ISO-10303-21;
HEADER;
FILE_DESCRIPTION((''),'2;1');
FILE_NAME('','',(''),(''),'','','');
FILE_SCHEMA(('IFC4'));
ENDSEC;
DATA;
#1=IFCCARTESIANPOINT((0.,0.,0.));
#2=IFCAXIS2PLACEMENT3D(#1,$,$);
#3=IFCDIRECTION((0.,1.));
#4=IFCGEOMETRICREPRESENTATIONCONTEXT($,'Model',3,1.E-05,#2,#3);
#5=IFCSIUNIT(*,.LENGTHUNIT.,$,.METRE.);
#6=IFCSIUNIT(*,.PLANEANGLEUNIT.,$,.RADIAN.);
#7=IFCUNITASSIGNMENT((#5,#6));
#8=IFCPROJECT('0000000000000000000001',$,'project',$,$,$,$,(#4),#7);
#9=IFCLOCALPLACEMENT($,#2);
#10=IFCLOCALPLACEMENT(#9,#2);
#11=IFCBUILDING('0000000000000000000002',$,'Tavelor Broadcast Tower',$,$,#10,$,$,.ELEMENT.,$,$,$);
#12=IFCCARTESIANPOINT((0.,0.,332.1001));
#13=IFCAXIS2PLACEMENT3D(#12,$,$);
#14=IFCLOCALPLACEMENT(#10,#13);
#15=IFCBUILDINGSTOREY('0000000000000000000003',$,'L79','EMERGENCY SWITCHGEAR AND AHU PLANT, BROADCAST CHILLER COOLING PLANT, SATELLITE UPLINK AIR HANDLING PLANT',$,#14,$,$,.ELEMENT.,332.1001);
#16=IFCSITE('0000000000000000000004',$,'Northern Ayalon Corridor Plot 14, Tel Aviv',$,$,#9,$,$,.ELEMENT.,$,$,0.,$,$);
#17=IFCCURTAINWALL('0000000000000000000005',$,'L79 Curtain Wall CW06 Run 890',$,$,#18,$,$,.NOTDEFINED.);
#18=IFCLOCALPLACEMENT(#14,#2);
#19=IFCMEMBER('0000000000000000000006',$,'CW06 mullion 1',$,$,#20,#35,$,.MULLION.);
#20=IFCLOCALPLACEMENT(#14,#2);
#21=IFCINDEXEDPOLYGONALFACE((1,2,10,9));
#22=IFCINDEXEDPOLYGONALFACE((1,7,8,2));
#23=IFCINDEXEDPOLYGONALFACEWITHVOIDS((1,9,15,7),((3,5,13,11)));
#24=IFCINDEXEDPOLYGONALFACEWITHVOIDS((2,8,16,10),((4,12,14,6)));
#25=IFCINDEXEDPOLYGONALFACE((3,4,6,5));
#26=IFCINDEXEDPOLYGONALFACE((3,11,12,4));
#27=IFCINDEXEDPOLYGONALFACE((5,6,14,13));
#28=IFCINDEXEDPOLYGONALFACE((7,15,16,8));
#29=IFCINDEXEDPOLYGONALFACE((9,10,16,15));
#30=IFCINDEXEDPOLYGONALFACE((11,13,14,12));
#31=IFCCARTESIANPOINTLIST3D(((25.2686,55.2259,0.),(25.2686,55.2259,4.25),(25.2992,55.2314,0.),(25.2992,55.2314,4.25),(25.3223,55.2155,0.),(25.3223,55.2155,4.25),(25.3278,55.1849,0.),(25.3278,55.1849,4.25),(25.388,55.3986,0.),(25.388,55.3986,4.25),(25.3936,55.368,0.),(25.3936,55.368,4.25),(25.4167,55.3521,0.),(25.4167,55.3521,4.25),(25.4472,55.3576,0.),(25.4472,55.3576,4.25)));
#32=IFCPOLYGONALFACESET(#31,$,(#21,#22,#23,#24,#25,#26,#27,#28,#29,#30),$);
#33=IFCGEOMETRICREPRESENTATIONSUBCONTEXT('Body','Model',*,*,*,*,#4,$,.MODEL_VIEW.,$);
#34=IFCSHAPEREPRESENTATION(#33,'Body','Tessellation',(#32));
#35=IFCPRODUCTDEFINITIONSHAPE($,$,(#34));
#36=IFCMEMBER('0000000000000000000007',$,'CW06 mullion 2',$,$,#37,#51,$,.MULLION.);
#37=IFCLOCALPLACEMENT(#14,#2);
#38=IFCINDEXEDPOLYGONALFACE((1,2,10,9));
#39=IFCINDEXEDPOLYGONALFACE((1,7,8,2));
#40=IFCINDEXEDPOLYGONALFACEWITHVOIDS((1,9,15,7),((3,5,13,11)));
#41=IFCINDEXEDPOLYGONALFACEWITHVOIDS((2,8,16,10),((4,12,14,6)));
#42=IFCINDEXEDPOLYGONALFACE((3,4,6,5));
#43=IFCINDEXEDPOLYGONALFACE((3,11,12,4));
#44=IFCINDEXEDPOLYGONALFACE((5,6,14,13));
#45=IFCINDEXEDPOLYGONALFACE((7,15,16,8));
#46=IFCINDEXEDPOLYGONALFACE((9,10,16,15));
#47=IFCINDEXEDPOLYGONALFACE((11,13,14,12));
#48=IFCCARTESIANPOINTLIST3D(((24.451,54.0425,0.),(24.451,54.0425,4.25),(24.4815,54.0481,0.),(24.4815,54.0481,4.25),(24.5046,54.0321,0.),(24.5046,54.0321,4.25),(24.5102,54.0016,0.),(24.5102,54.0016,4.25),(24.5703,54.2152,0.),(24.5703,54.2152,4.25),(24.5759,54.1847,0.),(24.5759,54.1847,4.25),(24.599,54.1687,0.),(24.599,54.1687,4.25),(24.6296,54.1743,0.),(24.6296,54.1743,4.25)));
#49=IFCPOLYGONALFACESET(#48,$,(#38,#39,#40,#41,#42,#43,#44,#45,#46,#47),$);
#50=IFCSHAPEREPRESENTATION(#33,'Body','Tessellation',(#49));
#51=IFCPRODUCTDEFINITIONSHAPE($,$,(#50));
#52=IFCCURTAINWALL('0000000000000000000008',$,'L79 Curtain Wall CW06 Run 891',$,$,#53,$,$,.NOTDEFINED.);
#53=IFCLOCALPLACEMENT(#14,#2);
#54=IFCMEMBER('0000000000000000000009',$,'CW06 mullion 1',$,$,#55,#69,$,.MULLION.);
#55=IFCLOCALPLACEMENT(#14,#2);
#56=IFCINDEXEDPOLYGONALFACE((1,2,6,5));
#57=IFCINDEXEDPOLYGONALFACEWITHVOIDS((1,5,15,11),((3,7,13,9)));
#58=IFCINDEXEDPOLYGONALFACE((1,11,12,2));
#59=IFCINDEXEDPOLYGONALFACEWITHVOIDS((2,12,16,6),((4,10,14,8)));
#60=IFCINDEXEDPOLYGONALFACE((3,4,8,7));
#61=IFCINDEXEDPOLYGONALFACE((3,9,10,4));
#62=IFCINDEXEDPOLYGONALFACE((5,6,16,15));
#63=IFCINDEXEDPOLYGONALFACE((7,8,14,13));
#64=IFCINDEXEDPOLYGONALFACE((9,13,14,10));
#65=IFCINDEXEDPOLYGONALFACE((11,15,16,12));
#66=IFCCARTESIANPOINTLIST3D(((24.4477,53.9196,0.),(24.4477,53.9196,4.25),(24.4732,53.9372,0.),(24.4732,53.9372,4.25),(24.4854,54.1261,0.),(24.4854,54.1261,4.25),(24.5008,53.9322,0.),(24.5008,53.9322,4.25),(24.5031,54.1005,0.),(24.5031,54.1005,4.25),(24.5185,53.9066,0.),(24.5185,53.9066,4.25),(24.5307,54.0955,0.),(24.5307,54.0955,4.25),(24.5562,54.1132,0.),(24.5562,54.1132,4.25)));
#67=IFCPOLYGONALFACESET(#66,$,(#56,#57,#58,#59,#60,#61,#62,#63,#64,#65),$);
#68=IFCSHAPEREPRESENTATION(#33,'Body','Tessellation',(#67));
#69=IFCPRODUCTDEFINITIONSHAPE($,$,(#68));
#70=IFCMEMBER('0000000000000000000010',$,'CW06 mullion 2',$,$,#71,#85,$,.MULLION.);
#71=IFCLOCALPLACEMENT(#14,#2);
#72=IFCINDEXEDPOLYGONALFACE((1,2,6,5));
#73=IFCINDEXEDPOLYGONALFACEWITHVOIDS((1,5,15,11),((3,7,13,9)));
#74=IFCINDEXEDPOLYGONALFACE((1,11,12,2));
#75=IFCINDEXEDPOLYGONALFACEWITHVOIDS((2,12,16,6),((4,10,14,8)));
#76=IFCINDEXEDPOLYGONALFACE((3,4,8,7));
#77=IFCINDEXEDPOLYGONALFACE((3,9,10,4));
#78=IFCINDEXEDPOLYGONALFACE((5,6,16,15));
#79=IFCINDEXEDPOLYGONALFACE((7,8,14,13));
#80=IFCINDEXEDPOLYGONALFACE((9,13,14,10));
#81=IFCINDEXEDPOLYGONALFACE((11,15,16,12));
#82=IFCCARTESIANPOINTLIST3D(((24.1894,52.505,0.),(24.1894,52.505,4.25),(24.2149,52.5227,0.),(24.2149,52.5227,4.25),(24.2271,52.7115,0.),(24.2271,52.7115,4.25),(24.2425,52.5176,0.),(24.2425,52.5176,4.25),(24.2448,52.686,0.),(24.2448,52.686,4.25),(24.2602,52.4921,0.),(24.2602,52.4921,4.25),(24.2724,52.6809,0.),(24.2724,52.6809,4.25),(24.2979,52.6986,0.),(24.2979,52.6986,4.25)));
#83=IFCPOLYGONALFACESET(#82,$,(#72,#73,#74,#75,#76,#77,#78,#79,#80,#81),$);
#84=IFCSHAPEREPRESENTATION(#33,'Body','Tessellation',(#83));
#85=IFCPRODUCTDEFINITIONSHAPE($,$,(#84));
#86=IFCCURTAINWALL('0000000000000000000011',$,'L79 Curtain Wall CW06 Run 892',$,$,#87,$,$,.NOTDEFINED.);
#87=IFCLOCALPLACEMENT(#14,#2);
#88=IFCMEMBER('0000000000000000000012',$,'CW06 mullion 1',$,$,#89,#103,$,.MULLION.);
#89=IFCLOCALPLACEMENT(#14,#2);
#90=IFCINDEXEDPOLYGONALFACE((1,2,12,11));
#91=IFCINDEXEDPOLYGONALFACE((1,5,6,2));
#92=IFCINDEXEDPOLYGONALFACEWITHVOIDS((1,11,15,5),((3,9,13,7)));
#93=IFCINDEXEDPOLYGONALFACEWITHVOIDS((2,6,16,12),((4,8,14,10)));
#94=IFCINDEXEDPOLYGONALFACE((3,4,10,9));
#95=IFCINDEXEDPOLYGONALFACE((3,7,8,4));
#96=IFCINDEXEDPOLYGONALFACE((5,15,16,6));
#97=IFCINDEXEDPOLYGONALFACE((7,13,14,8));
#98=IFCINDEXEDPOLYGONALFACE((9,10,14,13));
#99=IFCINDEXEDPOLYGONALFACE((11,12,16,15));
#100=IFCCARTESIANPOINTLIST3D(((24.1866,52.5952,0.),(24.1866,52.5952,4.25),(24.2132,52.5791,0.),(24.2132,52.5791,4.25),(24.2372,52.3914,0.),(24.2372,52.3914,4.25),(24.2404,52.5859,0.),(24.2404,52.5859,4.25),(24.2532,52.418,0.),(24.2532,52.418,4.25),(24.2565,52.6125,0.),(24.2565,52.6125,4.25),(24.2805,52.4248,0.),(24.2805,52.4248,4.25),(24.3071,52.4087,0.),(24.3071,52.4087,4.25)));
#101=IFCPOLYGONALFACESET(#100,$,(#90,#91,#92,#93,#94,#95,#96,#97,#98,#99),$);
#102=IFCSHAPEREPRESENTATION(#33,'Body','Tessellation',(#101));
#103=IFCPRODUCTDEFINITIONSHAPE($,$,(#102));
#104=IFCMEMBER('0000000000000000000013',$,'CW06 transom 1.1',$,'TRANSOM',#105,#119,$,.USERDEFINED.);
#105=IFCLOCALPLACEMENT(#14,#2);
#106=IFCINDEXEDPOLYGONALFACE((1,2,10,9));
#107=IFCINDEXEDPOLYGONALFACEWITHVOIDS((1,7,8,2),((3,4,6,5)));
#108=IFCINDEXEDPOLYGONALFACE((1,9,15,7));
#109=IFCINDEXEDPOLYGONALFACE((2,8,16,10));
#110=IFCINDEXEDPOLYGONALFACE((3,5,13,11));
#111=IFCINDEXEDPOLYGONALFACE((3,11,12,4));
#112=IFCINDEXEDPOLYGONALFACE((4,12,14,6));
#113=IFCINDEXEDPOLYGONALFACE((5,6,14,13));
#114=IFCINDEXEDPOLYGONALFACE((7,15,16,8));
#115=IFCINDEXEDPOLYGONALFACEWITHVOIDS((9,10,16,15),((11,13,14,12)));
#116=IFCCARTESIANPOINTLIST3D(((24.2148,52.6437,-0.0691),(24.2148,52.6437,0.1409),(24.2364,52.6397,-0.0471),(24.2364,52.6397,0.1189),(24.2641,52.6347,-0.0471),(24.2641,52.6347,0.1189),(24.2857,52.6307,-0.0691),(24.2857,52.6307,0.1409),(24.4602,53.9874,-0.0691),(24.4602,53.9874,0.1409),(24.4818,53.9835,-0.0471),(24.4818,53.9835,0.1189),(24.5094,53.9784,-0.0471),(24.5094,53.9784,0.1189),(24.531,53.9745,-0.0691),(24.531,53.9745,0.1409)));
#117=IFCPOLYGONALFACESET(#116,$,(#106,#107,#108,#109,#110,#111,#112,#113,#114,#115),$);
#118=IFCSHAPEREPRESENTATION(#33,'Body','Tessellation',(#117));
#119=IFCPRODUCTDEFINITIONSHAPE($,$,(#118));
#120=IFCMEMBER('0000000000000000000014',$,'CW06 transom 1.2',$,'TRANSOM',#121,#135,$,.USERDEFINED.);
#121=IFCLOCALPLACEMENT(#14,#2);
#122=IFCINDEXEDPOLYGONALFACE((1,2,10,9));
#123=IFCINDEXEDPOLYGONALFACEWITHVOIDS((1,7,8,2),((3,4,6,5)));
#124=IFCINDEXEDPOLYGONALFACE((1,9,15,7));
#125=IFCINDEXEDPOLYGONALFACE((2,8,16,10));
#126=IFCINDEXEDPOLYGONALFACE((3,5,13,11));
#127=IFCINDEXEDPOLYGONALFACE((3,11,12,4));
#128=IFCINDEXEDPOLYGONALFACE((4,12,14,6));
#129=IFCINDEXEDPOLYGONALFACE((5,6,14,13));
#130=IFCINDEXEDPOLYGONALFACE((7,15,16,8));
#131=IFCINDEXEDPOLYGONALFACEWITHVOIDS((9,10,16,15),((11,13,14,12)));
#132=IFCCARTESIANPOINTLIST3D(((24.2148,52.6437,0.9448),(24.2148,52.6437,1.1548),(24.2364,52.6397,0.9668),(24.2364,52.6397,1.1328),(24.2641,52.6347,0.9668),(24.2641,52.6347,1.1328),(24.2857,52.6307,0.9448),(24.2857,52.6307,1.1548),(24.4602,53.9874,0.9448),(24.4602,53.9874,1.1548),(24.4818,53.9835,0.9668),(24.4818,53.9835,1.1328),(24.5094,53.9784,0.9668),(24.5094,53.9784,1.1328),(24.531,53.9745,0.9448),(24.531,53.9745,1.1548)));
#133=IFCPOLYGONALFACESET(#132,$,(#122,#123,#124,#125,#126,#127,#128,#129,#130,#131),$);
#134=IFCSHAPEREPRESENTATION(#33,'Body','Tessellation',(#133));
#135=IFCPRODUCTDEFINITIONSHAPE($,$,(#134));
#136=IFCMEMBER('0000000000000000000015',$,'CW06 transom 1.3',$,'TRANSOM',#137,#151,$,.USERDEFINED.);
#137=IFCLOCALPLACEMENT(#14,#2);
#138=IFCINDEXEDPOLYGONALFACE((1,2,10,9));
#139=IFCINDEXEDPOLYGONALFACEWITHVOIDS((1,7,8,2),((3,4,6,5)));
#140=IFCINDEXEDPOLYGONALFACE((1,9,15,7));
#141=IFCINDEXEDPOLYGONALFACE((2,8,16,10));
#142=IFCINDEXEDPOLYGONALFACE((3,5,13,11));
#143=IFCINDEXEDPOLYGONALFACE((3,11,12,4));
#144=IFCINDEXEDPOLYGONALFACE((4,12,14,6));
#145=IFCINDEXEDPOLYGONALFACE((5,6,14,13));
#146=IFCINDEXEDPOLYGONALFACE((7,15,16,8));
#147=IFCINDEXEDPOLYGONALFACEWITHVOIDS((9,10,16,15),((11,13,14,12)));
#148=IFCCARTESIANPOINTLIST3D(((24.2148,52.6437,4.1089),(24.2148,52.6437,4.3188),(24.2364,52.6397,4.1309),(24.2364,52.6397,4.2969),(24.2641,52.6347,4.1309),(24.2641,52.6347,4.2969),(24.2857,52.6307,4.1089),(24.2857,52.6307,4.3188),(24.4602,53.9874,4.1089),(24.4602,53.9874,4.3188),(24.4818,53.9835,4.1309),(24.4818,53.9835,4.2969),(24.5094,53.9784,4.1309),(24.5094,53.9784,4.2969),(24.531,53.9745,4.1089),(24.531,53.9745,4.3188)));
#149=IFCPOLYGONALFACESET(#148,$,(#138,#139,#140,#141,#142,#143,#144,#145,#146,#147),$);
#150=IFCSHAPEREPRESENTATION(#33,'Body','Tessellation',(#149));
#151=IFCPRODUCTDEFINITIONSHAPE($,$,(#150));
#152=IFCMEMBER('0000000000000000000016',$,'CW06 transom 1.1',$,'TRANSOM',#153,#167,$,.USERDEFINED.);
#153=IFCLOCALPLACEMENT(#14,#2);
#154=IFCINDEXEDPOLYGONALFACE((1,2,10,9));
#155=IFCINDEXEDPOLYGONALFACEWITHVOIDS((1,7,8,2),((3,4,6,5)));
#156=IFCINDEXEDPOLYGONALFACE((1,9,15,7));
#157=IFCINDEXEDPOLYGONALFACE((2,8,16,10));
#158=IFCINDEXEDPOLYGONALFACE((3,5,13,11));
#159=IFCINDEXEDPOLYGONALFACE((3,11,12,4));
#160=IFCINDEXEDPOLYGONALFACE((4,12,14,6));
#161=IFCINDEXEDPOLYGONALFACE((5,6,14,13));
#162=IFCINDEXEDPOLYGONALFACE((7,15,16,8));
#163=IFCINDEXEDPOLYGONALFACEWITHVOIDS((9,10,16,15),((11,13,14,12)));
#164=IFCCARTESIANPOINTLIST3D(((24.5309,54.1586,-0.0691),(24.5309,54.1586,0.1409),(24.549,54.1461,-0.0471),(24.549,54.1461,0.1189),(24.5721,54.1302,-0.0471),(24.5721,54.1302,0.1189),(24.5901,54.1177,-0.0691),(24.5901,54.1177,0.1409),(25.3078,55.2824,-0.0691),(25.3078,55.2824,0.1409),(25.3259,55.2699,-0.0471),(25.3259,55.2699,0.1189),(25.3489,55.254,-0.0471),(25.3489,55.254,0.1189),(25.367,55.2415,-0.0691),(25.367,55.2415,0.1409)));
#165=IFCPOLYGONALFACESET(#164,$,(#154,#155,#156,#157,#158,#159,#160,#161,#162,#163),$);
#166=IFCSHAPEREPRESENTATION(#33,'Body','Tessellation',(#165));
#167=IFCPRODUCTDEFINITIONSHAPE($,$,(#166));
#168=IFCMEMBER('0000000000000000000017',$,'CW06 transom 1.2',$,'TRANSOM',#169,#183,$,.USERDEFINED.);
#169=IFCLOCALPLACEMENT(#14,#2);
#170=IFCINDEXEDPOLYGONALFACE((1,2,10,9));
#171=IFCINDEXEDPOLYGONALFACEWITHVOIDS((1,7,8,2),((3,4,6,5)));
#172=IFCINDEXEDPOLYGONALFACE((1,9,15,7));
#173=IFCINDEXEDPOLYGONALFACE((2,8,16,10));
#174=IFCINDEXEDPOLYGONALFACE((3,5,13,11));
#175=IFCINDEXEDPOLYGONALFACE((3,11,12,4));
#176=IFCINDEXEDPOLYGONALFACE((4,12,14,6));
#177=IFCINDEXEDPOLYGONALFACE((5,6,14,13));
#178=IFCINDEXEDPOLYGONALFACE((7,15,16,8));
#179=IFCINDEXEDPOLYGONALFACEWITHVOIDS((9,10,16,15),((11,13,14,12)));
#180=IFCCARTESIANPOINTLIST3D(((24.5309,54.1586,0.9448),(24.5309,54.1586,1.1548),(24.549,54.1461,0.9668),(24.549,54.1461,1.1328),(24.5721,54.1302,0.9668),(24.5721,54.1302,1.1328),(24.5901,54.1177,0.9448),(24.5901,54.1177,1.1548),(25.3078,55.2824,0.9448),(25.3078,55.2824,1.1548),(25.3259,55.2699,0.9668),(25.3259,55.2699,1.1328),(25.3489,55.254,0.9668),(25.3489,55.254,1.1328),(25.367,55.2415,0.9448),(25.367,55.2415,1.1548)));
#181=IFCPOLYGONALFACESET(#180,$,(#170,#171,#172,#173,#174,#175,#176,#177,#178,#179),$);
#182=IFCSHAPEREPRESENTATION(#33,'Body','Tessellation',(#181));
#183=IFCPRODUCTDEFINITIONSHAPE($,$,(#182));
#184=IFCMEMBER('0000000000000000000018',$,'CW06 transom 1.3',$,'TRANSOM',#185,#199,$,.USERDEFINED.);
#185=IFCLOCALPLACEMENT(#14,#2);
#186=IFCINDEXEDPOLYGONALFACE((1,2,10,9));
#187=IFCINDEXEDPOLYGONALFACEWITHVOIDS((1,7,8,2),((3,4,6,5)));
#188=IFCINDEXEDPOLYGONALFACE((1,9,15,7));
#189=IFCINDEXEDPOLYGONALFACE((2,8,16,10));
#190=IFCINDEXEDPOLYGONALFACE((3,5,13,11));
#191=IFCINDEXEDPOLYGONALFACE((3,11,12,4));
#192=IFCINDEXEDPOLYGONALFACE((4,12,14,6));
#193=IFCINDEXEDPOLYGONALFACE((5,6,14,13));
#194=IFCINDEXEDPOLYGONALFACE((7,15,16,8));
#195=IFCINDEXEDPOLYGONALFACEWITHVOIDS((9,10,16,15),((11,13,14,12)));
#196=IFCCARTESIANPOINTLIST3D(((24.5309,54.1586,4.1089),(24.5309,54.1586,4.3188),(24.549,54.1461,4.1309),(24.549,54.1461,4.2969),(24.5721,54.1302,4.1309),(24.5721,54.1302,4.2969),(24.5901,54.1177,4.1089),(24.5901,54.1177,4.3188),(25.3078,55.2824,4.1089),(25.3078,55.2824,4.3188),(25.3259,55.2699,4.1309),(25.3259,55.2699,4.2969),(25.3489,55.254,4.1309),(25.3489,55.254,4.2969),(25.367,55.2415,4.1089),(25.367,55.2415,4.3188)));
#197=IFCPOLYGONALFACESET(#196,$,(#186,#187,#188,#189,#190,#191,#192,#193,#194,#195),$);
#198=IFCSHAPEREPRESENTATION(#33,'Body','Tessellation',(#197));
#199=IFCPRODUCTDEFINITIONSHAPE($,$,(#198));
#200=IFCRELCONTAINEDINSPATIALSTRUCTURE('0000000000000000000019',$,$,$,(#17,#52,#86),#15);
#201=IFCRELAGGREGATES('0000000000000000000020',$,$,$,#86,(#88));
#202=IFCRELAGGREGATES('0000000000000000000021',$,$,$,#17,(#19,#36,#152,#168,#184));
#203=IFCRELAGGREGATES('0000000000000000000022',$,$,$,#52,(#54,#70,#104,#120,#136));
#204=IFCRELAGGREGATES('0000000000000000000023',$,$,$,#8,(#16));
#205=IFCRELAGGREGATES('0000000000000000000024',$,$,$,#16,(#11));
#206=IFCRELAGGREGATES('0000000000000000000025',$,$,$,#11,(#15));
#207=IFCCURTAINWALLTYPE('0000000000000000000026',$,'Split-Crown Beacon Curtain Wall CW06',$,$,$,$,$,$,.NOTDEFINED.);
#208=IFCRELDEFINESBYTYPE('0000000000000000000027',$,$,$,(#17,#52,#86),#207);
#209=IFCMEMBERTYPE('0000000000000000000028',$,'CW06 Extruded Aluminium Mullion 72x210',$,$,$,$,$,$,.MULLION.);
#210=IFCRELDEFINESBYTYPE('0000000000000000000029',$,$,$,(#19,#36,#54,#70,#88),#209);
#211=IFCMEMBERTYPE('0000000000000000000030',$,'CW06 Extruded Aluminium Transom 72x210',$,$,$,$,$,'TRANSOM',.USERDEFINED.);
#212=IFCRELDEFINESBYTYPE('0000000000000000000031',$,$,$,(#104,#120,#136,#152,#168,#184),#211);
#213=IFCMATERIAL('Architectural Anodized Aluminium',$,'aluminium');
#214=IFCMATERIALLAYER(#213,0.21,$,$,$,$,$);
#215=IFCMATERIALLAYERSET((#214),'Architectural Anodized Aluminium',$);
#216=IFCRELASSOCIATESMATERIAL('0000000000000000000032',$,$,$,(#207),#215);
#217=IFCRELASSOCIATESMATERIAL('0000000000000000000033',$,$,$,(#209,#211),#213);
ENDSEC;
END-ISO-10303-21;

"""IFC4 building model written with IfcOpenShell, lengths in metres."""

from ifc_helpers import new_model, si_unit, direction, frame, origin, origin_2d, place, context, subcontext, project, spatial, hollow_rectangle, extrude, source, transform, mapped, material, layer, layer_set, material_profile, profile_set, type_object, type_shapes, element, aggregate, save


model = new_model("IFC4")

# Units and contexts
model_context = context("Model", 3, precision=1e-05, world=origin(), true_north=direction((0.0, 1.0)))
body_context = subcontext(model_context, "Body", "Model", "MODEL_VIEW")
ifc_project = project(units=[si_unit("LENGTHUNIT", "METRE"), si_unit("PLANEANGLEUNIT", "RADIAN")], contexts=[model_context])

# Site, building, storey
site_placement = place(None, origin())
site = spatial("IfcSite", under=ifc_project, at=site_placement, Name="Northern Ayalon Corridor Plot 14, Tel Aviv", CompositionType="ELEMENT", RefElevation=0.0)
building_placement = place(site_placement, origin())
building = spatial("IfcBuilding", under=site, at=building_placement, Name="Tavelor Broadcast Tower", CompositionType="ELEMENT")
storey_placement = place(building_placement, frame((0.0, 0.0, 332.1001)))
storey = spatial("IfcBuildingStorey", under=building, at=storey_placement, Name="L79", Description="EMERGENCY SWITCHGEAR AND AHU PLANT, BROADCAST CHILLER COOLING PLANT, SATELLITE UPLINK AIR HANDLING PLANT", CompositionType="ELEMENT", Elevation=332.1001)

# Curtain walls, members
ifc_material_1 = material(Name="Architectural Anodized Aluminium", Category="aluminium")
ifc_layer_1 = layer(ifc_material_1, 0.21)
ifc_layer_set_1 = layer_set([ifc_layer_1], Name="Architectural Anodized Aluminium")
curtain_wall_type = type_object("IfcCurtainWallType", Name="Split-Crown Beacon Curtain Wall CW06", PredefinedType="NOTDEFINED", material=ifc_layer_set_1)
curtain_wall_1_placement = place(storey_placement, origin())
curtain_wall_1 = element("IfcCurtainWall", 1, at=curtain_wall_1_placement, inside=storey, type_object=curtain_wall_type, Name="L79 Curtain Wall CW06 Run 890", PredefinedType="NOTDEFINED")
ifc_material_profile_1 = material_profile(ifc_material_1, hollow_rectangle(XDim=0.072, YDim=0.21, WallThickness=0.022, at=origin_2d()), Name="RHS 72x210x22")
ifc_profile_set_1 = profile_set([ifc_material_profile_1], Name="Architectural Anodized Aluminium")
member_type_1 = type_object("IfcMemberType", Name="CW06 Extruded Aluminium Mullion 72x210", PredefinedType="MULLION", material=ifc_profile_set_1)
shared_shape_1 = source(origin(), body_context, "Body", "SweptSolid", [
    extrude(hollow_rectangle(XDim=0.072, YDim=0.21, WallThickness=0.022, at=origin_2d()), origin(), (0.0, 0.0, 1.0), 4.25),
])
type_shapes(member_type_1, [shared_shape_1])
member_1_placement = place(storey_placement, frame((25.3579, 55.2917, 0.0), z_axis=(0.0, 0.0, 1.0), x_axis=(0.822633, -0.568573, 0.0)))
member_1 = element("IfcMember", 2, at=member_1_placement, type_object=member_type_1, Name="CW06 mullion 1", PredefinedType="MULLION", context=body_context, shape_type="MappedRepresentation", body=[
    mapped(shared_shape_1, transform((0.0, 0.0, 0.0), scale=1.0)),
])
member_2_placement = place(storey_placement, frame((24.5403, 54.1084, 0.0), z_axis=(0.0, 0.0, 1.0), x_axis=(0.822633, -0.568573, 0.0)))
member_2 = element("IfcMember", 3, at=member_2_placement, type_object=member_type_1, Name="CW06 mullion 2", PredefinedType="MULLION", context=body_context, shape_type="MappedRepresentation", body=[
    mapped(shared_shape_1, transform((0.0, 0.0, 0.0), scale=1.0)),
])
curtain_wall_2_placement = place(storey_placement, origin())
curtain_wall_2 = element("IfcCurtainWall", 4, at=curtain_wall_2_placement, inside=storey, type_object=curtain_wall_type, Name="L79 Curtain Wall CW06 Run 891", PredefinedType="NOTDEFINED")
member_3_placement = place(storey_placement, frame((24.502, 54.0164, 0.0), z_axis=(0.0, 0.0, 1.0), x_axis=(0.983729, -0.17966, 0.0)))
member_3 = element("IfcMember", 5, at=member_3_placement, type_object=member_type_1, Name="CW06 mullion 1", PredefinedType="MULLION", context=body_context, shape_type="MappedRepresentation", body=[
    mapped(shared_shape_1, transform((0.0, 0.0, 0.0), scale=1.0)),
])
member_4_placement = place(storey_placement, frame((24.2437, 52.6018, 0.0), z_axis=(0.0, 0.0, 1.0), x_axis=(0.983729, -0.17966, 0.0)))
member_4 = element("IfcMember", 6, at=member_4_placement, type_object=member_type_1, Name="CW06 mullion 2", PredefinedType="MULLION", context=body_context, shape_type="MappedRepresentation", body=[
    mapped(shared_shape_1, transform((0.0, 0.0, 0.0), scale=1.0)),
])

# Curtain wall, member
curtain_wall_3_placement = place(storey_placement, origin())
curtain_wall_3 = element("IfcCurtainWall", 7, at=curtain_wall_3_placement, inside=storey, type_object=curtain_wall_type, Name="L79 Curtain Wall CW06 Run 892", PredefinedType="NOTDEFINED")
member_5_placement = place(storey_placement, frame((24.2468, 52.502, 0.0), z_axis=(0.0, 0.0, 1.0), x_axis=(0.97051, 0.24106, 0.0)))
member_5 = element("IfcMember", 8, at=member_5_placement, type_object=member_type_1, Name="CW06 mullion 1", PredefinedType="MULLION", context=body_context, shape_type="MappedRepresentation", body=[
    mapped(shared_shape_1, transform((0.0, 0.0, 0.0), scale=1.0)),
])

# Members
ifc_material_profile_2 = material_profile(ifc_material_1, hollow_rectangle(XDim=0.072, YDim=0.21, WallThickness=0.022, at=origin_2d()), Name="RHS 72x210x22")
ifc_profile_set_2 = profile_set([ifc_material_profile_2], Name="Architectural Anodized Aluminium")
member_type_2 = type_object("IfcMemberType", Name="CW06 Extruded Aluminium Transom 72x210", ElementType="TRANSOM", PredefinedType="USERDEFINED", material=ifc_profile_set_2)
shared_shape_2 = source(origin(), body_context, "Body", "SweptSolid", [
    extrude(hollow_rectangle(XDim=0.072, YDim=0.21, WallThickness=0.022, at=origin_2d()), origin(), (0.0, 0.0, 1.0), 1.366),
])
member_6_placement = place(storey_placement, frame((24.4956, 53.981, 0.0359), z_axis=(-0.179625, -0.983735, 0.0), x_axis=(0.983735, -0.179625, 0.0)))
member_6 = element("IfcMember", 9, at=member_6_placement, type_object=member_type_2, Name="CW06 transom 1.1", ObjectType="TRANSOM", PredefinedType="USERDEFINED", context=body_context, shape_type="MappedRepresentation", body=[
    mapped(shared_shape_2, transform((0.0, 0.0, 0.0), scale=1.0)),
])
member_7_placement = place(storey_placement, frame((24.4956, 53.981, 1.0498), z_axis=(-0.179625, -0.983735, 0.0), x_axis=(0.983735, -0.179625, 0.0)))
member_7 = element("IfcMember", 10, at=member_7_placement, type_object=member_type_2, Name="CW06 transom 1.2", ObjectType="TRANSOM", PredefinedType="USERDEFINED", context=body_context, shape_type="MappedRepresentation", body=[
    mapped(shared_shape_2, transform((0.0, 0.0, 0.0), scale=1.0)),
])
member_8_placement = place(storey_placement, frame((24.4956, 53.981, 4.2139), z_axis=(-0.179625, -0.983735, 0.0), x_axis=(0.983735, -0.179625, 0.0)))
member_8 = element("IfcMember", 11, at=member_8_placement, type_object=member_type_2, Name="CW06 transom 1.3", ObjectType="TRANSOM", PredefinedType="USERDEFINED", context=body_context, shape_type="MappedRepresentation", body=[
    mapped(shared_shape_2, transform((0.0, 0.0, 0.0), scale=1.0)),
])
shared_shape_3 = source(origin(), body_context, "Body", "SweptSolid", [
    extrude(hollow_rectangle(XDim=0.072, YDim=0.21, WallThickness=0.022, at=origin_2d()), origin(), (0.0, 0.0, 1.0), 1.3662),
])
member_9_placement = place(storey_placement, frame((25.3374, 55.262, 0.0359), z_axis=(-0.568643, -0.822584, 0.0), x_axis=(0.822584, -0.568643, 0.0)))
member_9 = element("IfcMember", 12, at=member_9_placement, type_object=member_type_2, Name="CW06 transom 1.1", ObjectType="TRANSOM", PredefinedType="USERDEFINED", context=body_context, shape_type="MappedRepresentation", body=[
    mapped(shared_shape_3, transform((0.0, 0.0, 0.0), scale=1.0)),
])
member_10_placement = place(storey_placement, frame((25.3374, 55.262, 1.0498), z_axis=(-0.568643, -0.822584, 0.0), x_axis=(0.822584, -0.568643, 0.0)))
member_10 = element("IfcMember", 13, at=member_10_placement, type_object=member_type_2, Name="CW06 transom 1.2", ObjectType="TRANSOM", PredefinedType="USERDEFINED", context=body_context, shape_type="MappedRepresentation", body=[
    mapped(shared_shape_3, transform((0.0, 0.0, 0.0), scale=1.0)),
])
member_11_placement = place(storey_placement, frame((25.3374, 55.262, 4.2139), z_axis=(-0.568643, -0.822584, 0.0), x_axis=(0.822584, -0.568643, 0.0)))
member_11 = element("IfcMember", 14, at=member_11_placement, type_object=member_type_2, Name="CW06 transom 1.3", ObjectType="TRANSOM", PredefinedType="USERDEFINED", context=body_context, shape_type="MappedRepresentation", body=[
    mapped(shared_shape_3, transform((0.0, 0.0, 0.0), scale=1.0)),
])

aggregate(curtain_wall_3, [member_5])
aggregate(curtain_wall_1, [member_1, member_2, member_9, member_10, member_11])
aggregate(curtain_wall_2, [member_3, member_4, member_6, member_7, member_8])

save(model, "model.ifc")
